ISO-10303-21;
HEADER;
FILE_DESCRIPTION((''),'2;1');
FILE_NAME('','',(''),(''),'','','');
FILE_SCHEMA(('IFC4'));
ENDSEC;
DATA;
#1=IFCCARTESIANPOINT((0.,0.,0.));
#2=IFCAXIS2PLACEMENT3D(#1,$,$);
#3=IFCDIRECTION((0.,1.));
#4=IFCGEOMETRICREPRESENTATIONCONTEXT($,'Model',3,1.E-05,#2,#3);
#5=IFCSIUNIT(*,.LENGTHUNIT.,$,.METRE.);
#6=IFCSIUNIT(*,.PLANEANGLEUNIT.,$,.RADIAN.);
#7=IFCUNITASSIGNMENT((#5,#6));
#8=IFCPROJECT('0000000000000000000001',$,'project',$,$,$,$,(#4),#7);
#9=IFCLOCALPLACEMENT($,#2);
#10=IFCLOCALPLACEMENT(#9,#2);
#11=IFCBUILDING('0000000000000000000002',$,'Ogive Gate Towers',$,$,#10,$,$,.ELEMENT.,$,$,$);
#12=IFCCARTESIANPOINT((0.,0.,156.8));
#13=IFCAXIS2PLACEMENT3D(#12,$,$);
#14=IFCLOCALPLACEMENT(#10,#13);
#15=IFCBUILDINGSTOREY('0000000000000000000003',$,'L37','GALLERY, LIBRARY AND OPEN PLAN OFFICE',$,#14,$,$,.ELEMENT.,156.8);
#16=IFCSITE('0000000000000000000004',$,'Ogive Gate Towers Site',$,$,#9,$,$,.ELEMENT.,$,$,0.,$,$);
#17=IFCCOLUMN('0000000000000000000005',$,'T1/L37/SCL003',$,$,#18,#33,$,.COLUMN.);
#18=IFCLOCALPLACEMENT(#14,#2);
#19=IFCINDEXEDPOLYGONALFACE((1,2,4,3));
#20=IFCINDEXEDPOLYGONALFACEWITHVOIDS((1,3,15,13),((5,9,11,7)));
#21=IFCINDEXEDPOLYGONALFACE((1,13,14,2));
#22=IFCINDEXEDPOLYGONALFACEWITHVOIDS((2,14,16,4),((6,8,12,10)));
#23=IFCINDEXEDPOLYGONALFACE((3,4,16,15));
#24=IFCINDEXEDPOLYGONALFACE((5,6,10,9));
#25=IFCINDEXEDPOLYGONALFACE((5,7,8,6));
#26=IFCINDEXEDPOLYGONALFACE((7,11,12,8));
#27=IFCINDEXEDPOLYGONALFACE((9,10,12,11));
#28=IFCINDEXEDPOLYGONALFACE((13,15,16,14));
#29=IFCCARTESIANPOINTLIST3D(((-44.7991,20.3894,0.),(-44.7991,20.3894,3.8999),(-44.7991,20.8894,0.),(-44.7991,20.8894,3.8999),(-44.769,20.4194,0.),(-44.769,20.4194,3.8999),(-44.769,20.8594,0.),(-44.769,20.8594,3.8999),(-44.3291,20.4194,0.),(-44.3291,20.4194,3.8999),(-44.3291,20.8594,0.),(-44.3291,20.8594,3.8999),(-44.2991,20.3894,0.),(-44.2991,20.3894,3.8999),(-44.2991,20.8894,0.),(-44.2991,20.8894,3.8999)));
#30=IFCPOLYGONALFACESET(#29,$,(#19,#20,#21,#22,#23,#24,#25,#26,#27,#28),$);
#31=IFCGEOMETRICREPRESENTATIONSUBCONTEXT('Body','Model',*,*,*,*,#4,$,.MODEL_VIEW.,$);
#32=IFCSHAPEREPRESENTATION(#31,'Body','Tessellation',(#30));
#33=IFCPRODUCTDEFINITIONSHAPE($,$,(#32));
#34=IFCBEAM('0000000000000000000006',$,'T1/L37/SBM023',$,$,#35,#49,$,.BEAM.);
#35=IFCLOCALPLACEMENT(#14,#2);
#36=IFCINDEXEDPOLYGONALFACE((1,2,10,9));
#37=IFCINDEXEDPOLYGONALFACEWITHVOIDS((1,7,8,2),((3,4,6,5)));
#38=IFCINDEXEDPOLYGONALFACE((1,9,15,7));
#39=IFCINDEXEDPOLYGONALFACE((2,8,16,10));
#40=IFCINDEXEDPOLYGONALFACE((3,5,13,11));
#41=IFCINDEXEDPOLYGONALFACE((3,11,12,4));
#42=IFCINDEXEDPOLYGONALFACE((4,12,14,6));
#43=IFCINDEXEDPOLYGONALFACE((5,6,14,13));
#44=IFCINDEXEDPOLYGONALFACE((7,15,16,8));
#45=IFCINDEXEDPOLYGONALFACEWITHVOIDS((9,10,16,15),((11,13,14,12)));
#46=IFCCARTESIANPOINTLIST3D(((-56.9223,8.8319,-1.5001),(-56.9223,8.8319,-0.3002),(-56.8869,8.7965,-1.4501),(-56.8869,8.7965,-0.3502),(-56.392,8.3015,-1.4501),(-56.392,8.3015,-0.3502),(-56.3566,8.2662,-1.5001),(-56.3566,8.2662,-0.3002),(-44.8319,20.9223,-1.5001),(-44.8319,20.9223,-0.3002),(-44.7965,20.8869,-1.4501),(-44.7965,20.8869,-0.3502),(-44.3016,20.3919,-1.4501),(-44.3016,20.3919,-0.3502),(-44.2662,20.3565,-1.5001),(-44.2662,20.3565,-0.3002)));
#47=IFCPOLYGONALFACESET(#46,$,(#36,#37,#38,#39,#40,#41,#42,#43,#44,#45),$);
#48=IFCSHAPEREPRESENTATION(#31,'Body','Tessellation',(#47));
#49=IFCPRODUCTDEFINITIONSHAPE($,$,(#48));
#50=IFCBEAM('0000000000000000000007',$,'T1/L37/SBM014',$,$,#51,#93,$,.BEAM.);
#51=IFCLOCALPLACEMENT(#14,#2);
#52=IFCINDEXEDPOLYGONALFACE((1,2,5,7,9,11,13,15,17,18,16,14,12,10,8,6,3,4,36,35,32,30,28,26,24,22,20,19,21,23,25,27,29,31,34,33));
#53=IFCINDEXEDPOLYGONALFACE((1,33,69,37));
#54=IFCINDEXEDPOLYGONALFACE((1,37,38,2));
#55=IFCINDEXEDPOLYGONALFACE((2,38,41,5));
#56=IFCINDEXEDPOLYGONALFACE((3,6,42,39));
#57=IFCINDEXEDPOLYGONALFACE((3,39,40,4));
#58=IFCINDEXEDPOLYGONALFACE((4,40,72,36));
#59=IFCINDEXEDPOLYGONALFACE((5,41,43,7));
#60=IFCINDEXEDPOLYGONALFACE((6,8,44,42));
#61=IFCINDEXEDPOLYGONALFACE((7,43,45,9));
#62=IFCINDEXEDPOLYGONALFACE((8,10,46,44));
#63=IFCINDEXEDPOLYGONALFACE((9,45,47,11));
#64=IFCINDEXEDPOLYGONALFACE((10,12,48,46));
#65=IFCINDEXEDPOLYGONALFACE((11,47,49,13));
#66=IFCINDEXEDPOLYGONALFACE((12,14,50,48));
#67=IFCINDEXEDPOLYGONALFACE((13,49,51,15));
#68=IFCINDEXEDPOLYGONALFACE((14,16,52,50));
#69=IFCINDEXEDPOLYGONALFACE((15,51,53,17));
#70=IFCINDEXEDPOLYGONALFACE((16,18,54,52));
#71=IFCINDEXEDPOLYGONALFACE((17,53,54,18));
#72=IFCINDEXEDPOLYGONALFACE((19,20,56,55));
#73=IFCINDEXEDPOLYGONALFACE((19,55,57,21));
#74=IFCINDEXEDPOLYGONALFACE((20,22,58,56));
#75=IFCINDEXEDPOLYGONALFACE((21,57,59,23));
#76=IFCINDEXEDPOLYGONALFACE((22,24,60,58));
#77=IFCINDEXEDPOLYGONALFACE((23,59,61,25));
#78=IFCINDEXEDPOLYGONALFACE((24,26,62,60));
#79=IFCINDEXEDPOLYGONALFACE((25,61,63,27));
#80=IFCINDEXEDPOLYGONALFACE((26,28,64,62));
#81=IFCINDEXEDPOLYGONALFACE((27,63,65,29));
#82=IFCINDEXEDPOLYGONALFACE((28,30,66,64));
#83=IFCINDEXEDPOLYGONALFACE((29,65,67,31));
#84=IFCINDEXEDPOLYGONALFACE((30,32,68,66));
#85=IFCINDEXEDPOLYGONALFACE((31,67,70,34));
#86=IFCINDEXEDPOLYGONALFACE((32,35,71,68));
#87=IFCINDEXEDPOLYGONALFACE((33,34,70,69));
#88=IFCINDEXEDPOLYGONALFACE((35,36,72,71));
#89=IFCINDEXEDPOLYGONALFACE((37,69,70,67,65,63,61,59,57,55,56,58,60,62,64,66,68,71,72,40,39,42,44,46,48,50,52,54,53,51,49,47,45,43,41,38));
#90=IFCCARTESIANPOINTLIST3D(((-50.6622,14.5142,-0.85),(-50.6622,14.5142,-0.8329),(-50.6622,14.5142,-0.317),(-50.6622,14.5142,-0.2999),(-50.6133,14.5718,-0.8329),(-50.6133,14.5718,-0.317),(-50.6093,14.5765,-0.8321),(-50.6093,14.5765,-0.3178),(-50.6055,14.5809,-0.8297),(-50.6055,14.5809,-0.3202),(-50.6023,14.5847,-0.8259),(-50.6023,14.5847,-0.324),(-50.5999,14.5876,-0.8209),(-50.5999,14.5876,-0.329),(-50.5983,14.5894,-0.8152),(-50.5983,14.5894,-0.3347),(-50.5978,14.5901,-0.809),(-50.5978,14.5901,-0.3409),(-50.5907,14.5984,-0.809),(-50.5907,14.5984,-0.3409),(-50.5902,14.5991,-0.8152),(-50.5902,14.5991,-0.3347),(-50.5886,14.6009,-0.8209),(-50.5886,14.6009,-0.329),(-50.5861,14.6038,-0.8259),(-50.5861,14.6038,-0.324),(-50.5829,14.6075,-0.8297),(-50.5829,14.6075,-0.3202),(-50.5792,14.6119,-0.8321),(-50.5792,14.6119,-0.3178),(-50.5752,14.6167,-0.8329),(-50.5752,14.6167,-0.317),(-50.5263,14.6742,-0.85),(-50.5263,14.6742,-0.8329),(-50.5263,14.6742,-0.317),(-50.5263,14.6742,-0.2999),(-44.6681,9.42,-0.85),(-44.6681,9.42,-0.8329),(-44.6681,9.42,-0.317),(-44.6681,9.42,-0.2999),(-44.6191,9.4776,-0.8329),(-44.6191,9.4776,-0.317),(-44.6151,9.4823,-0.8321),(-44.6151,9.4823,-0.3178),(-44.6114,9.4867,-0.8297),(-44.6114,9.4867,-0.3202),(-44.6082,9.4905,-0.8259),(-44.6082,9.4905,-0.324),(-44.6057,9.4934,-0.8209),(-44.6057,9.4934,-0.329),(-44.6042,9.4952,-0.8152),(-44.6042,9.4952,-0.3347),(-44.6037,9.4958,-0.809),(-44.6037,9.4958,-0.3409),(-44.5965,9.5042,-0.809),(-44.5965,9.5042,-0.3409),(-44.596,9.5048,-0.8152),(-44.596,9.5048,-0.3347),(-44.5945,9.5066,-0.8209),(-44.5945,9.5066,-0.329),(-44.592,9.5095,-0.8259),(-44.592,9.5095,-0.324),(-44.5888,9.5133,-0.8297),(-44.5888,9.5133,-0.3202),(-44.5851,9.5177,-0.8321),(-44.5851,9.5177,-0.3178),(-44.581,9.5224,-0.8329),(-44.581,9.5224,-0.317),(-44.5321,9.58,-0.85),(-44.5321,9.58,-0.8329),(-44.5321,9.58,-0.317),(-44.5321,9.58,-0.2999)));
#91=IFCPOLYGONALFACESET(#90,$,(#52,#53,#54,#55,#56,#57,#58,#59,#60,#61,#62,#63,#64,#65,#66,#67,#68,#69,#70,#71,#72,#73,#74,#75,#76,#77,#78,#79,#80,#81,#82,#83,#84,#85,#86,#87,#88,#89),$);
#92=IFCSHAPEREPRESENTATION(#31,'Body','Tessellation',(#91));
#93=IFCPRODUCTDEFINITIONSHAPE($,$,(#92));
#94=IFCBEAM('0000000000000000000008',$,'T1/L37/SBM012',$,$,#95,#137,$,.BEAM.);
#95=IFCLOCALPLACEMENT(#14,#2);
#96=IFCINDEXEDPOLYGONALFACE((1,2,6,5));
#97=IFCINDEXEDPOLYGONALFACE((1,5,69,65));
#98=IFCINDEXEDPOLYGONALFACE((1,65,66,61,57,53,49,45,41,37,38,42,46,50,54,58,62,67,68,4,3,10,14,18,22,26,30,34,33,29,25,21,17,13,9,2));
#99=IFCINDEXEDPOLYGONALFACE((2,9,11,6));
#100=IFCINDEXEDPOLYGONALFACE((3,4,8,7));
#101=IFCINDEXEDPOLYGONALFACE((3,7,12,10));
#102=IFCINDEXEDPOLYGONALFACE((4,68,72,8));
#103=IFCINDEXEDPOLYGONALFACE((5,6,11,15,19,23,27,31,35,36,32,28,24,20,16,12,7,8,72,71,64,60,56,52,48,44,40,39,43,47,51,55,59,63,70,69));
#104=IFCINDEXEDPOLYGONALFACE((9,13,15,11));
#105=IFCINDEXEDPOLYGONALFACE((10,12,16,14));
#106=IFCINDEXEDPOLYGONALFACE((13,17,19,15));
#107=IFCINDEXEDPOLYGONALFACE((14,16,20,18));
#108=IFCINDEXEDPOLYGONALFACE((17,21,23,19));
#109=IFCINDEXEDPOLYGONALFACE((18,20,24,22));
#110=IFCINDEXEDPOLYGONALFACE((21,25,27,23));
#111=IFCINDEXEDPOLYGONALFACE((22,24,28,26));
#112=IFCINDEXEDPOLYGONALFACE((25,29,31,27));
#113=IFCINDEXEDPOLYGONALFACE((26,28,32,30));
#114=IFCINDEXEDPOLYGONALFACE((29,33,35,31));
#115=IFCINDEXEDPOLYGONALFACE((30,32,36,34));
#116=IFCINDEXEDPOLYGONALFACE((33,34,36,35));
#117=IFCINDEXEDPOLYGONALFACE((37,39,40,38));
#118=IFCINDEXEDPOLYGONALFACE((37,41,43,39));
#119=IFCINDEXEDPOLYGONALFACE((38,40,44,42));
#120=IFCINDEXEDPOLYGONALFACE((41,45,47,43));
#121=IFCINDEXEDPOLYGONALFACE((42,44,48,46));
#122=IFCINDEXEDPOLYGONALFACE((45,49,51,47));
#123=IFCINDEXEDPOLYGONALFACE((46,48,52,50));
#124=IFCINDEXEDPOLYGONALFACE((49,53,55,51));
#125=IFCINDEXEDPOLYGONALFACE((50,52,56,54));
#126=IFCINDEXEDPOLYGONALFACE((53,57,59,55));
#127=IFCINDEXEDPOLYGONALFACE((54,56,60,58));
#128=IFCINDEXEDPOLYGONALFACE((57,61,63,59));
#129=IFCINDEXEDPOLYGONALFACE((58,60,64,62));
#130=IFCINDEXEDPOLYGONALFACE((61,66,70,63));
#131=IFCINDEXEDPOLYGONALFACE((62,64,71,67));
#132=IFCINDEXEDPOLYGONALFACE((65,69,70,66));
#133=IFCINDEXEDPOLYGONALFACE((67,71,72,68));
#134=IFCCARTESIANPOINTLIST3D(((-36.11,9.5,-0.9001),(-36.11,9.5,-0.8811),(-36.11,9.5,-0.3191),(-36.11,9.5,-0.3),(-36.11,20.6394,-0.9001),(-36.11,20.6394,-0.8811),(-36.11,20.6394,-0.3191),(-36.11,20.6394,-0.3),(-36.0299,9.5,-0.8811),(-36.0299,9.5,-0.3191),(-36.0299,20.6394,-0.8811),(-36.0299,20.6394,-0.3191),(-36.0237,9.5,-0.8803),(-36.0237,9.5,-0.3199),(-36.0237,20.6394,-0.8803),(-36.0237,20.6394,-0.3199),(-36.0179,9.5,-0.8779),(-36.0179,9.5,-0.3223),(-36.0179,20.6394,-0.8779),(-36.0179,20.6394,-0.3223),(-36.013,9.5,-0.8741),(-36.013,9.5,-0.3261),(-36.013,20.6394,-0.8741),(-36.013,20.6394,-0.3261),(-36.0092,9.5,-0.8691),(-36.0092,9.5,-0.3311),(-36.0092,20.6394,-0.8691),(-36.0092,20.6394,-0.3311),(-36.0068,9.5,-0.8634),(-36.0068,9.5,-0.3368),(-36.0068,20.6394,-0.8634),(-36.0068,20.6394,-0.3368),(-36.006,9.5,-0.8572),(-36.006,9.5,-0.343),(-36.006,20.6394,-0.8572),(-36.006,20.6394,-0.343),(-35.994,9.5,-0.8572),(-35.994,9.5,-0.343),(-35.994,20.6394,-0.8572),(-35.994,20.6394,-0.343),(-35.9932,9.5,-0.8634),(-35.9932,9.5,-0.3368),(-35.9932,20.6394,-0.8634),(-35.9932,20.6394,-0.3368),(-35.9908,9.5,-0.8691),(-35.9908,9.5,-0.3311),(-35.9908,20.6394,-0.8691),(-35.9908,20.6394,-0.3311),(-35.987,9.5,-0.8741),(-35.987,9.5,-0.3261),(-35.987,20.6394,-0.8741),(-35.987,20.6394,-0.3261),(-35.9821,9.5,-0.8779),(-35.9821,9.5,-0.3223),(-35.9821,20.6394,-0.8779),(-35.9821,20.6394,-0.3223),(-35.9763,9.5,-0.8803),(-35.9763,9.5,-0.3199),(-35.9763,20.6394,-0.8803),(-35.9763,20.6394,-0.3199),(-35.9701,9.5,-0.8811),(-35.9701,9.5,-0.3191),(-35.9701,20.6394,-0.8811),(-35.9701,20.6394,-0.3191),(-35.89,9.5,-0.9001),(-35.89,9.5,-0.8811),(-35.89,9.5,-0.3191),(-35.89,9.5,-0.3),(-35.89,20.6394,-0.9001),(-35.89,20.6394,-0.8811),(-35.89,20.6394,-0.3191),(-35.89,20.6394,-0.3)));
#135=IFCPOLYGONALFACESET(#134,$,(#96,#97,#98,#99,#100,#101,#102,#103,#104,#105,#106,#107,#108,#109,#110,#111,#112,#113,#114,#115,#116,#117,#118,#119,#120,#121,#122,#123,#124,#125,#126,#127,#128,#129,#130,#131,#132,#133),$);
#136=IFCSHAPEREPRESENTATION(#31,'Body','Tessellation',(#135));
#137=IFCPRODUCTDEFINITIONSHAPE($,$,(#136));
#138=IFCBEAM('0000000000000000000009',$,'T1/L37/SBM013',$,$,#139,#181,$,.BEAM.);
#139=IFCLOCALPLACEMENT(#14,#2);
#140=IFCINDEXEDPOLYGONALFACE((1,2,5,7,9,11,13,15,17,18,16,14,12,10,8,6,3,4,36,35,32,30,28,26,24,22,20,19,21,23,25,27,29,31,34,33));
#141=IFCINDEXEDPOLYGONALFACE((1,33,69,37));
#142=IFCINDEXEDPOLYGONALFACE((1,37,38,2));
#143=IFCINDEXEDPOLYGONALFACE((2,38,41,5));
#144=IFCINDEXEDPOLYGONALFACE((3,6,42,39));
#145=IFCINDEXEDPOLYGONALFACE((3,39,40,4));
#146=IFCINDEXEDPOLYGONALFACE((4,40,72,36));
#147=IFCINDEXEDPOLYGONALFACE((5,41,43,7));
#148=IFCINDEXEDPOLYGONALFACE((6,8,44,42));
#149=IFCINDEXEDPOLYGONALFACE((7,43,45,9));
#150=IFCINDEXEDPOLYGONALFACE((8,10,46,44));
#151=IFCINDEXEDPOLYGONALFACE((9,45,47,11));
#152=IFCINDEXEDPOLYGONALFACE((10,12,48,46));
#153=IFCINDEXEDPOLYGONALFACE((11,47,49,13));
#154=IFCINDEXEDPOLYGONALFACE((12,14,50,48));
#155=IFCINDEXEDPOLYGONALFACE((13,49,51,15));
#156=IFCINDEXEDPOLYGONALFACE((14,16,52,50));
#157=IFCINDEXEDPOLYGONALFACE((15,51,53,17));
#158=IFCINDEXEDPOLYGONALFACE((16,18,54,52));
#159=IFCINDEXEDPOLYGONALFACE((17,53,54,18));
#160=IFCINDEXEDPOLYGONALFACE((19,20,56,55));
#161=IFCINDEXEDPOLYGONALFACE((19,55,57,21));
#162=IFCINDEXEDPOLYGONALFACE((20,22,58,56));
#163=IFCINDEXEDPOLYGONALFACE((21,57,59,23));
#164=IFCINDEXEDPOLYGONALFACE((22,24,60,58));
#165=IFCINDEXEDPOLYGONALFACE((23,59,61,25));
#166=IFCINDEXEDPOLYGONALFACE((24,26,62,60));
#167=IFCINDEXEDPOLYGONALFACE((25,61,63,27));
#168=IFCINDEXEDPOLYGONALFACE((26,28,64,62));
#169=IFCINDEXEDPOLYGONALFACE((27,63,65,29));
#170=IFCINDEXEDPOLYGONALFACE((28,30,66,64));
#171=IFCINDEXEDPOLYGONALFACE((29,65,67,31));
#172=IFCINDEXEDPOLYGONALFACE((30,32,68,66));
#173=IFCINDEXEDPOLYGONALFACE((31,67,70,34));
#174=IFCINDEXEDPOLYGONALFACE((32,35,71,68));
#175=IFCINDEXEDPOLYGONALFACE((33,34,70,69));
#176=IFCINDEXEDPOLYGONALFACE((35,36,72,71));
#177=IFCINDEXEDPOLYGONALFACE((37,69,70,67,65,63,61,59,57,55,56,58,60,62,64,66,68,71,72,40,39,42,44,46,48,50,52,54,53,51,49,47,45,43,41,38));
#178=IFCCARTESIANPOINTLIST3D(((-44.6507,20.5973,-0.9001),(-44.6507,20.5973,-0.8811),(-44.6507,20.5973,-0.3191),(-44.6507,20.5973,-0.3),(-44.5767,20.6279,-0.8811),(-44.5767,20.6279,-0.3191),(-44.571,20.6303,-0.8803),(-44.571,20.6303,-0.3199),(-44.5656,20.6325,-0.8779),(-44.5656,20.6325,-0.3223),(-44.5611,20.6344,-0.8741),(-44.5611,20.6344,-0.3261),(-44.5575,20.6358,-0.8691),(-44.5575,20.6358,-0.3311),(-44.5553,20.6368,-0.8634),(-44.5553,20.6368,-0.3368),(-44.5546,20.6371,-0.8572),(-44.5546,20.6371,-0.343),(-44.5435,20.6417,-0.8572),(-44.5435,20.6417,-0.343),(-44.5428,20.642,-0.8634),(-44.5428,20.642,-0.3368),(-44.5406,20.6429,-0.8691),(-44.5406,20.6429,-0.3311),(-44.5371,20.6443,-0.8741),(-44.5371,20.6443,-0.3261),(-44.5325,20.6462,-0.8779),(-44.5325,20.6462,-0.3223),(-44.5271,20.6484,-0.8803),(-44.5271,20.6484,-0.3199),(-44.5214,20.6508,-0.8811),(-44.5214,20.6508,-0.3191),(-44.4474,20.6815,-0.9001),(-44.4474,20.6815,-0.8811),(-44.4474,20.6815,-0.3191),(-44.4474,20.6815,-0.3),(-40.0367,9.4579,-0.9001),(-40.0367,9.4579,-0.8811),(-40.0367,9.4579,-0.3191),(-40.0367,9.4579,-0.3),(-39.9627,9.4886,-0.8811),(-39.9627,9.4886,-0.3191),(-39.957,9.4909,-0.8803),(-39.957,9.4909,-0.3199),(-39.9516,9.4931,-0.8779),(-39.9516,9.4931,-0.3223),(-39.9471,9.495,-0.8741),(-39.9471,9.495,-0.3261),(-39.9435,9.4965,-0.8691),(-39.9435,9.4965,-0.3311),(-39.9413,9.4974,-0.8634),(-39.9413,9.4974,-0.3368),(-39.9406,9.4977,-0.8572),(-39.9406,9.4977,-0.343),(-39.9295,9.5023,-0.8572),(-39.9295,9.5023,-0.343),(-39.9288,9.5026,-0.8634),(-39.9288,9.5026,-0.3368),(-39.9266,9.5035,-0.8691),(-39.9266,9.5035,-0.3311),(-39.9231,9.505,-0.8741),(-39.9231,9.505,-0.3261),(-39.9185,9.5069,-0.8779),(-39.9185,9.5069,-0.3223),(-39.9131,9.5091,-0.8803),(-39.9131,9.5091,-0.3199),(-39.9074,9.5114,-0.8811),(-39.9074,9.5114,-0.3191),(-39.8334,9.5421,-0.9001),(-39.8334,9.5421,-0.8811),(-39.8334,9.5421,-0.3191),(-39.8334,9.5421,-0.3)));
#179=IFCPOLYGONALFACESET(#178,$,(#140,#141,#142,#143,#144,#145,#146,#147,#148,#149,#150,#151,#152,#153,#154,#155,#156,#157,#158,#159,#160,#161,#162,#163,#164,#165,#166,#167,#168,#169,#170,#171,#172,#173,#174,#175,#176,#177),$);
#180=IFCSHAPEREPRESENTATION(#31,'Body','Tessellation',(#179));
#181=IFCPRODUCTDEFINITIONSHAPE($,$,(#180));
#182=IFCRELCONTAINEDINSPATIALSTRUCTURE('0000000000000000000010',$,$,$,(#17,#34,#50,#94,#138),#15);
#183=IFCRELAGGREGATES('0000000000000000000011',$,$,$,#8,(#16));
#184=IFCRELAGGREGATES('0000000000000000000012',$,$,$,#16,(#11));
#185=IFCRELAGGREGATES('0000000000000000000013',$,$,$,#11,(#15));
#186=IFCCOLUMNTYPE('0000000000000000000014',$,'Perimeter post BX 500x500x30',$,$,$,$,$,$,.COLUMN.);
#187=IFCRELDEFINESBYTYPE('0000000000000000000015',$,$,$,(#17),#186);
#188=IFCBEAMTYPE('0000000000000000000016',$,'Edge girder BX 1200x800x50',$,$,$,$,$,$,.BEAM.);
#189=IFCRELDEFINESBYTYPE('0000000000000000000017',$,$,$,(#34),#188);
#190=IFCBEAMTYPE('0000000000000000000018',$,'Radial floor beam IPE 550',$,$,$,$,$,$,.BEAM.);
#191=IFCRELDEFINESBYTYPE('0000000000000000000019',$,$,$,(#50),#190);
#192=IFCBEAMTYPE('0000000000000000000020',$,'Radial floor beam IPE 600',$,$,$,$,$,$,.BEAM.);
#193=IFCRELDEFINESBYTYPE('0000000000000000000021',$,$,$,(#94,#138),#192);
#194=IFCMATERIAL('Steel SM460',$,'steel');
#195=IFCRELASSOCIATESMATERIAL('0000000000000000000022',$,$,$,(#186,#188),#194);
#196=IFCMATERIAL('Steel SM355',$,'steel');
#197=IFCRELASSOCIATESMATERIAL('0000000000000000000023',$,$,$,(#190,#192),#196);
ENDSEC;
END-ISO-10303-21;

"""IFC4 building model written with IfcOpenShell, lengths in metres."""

from ifc_helpers import new_model, si_unit, direction, frame, origin, origin_2d, place, context, subcontext, project, spatial, hollow_rectangle, i_section, extrude, material, material_profile, profile_set, type_object, element, save


model = new_model("IFC4")

# Units and contexts
model_context = context("Model", 3, precision=1e-05, world=origin(), true_north=direction((0.0, 1.0)))
body_context = subcontext(model_context, "Body", "Model", "MODEL_VIEW")
ifc_project = project(units=[si_unit("LENGTHUNIT", "METRE"), si_unit("PLANEANGLEUNIT", "RADIAN")], contexts=[model_context])

# Site, building, storey
site_placement = place(None, origin())
site = spatial("IfcSite", under=ifc_project, at=site_placement, Name="Ogive Gate Towers Site", CompositionType="ELEMENT", RefElevation=0.0)
building_placement = place(site_placement, origin())
building = spatial("IfcBuilding", under=site, at=building_placement, Name="Ogive Gate Towers", CompositionType="ELEMENT")
storey_placement = place(building_placement, frame((0.0, 0.0, 156.8)))
storey = spatial("IfcBuildingStorey", under=building, at=storey_placement, Name="L37", Description="GALLERY, LIBRARY AND OPEN PLAN OFFICE", CompositionType="ELEMENT", Elevation=156.8)

# Column
ifc_material_1 = material(Name="Steel SM460", Category="steel")
ifc_material_profile_1 = material_profile(ifc_material_1, hollow_rectangle(XDim=0.5, YDim=0.5, WallThickness=0.03, at=origin_2d()), Name="BX 500x500x30")
ifc_profile_set_1 = profile_set([ifc_material_profile_1], Name="Steel SM460")
column_type = type_object("IfcColumnType", Name="Perimeter post BX 500x500x30", PredefinedType="COLUMN", material=ifc_profile_set_1)
column_placement = place(storey_placement, frame((-44.5491, 20.6394, 0.0), z_axis=(0.0, 0.0, 1.0), x_axis=(1.0, 0.0, 0.0)))
element("IfcColumn", 1, at=column_placement, inside=storey, type_object=column_type, Name="T1/L37/SCL003", PredefinedType="COLUMN", context=body_context, shape_type="SweptSolid", body=[
    extrude(hollow_rectangle(XDim=0.5, YDim=0.5, WallThickness=0.03, at=origin_2d()), origin(), (0.0, 0.0, 1.0), 3.8999),
])

# Beams
ifc_material_profile_2 = material_profile(ifc_material_1, hollow_rectangle(XDim=0.8, YDim=1.2, WallThickness=0.05, at=origin_2d()), Name="BX 1200x800x50")
ifc_profile_set_2 = profile_set([ifc_material_profile_2], Name="Steel SM460")
beam_type_1 = type_object("IfcBeamType", Name="Edge girder BX 1200x800x50", PredefinedType="BEAM", material=ifc_profile_set_2)
beam_1_placement = place(storey_placement, frame((-44.5491, 20.6394, -0.9001), z_axis=(-0.707107, -0.707107, 0.0), x_axis=(0.707107, -0.707107, 0.0)))
element("IfcBeam", 2, at=beam_1_placement, inside=storey, type_object=beam_type_1, Name="T1/L37/SBM023", PredefinedType="BEAM", context=body_context, shape_type="SweptSolid", body=[
    extrude(hollow_rectangle(XDim=0.8, YDim=1.2, WallThickness=0.05, at=origin_2d()), origin(), (0.0, 0.0, 1.0), 17.0984),
])
ifc_material_2 = material(Name="Steel SM355", Category="steel")
ifc_material_profile_3 = material_profile(ifc_material_2, i_section(OverallWidth=0.21, OverallDepth=0.55, WebThickness=0.011, FlangeThickness=0.0171, FilletRadius=0.0239, at=origin_2d()), Name="IPE 550")
ifc_profile_set_3 = profile_set([ifc_material_profile_3], Name="Steel SM355")
beam_type_2 = type_object("IfcBeamType", Name="Radial floor beam IPE 550", PredefinedType="BEAM", material=ifc_profile_set_3)
beam_2_placement = place(storey_placement, frame((-44.6001, 9.5, -0.575), z_axis=(-0.761988, 0.647591, 0.0), x_axis=(-0.647591, -0.761988, 0.0)))
element("IfcBeam", 3, at=beam_2_placement, inside=storey, type_object=beam_type_2, Name="T1/L37/SBM014", PredefinedType="BEAM", context=body_context, shape_type="SweptSolid", body=[
    extrude(i_section(OverallWidth=0.21, OverallDepth=0.55, WebThickness=0.011, FlangeThickness=0.0171, FilletRadius=0.0239, at=origin_2d()), origin(), (0.0, 0.0, 1.0), 7.8665),
])
ifc_material_profile_4 = material_profile(ifc_material_2, i_section(OverallWidth=0.22, OverallDepth=0.6001, WebThickness=0.012, FlangeThickness=0.019, FilletRadius=0.0239, at=origin_2d()), Name="IPE 600")
ifc_profile_set_4 = profile_set([ifc_material_profile_4], Name="Steel SM355")
beam_type_3 = type_object("IfcBeamType", Name="Radial floor beam IPE 600", PredefinedType="BEAM", material=ifc_profile_set_4)
beam_3_placement = place(storey_placement, frame((-36.0, 9.5, -0.6001), z_axis=(0.0, 1.0, 0.0), x_axis=(-1.0, 0.0, 0.0)))
element("IfcBeam", 4, at=beam_3_placement, inside=storey, type_object=beam_type_3, Name="T1/L37/SBM012", PredefinedType="BEAM", context=body_context, shape_type="SweptSolid", body=[
    extrude(i_section(OverallWidth=0.22, OverallDepth=0.6001, WebThickness=0.012, FlangeThickness=0.019, FilletRadius=0.0239, at=origin_2d()), origin(), (0.0, 0.0, 1.0), 11.1394),
])
beam_4_placement = place(storey_placement, frame((-39.9351, 9.5, -0.6001), z_axis=(-0.382678, 0.923882, 0.0), x_axis=(-0.923882, -0.382678, 0.0)))
element("IfcBeam", 5, at=beam_4_placement, inside=storey, type_object=beam_type_3, Name="T1/L37/SBM013", PredefinedType="BEAM", context=body_context, shape_type="SweptSolid", body=[
    extrude(i_section(OverallWidth=0.22, OverallDepth=0.6001, WebThickness=0.012, FlangeThickness=0.019, FilletRadius=0.0239, at=origin_2d()), origin(), (0.0, 0.0, 1.0), 12.0571),
])

save(model, "model.ifc")
